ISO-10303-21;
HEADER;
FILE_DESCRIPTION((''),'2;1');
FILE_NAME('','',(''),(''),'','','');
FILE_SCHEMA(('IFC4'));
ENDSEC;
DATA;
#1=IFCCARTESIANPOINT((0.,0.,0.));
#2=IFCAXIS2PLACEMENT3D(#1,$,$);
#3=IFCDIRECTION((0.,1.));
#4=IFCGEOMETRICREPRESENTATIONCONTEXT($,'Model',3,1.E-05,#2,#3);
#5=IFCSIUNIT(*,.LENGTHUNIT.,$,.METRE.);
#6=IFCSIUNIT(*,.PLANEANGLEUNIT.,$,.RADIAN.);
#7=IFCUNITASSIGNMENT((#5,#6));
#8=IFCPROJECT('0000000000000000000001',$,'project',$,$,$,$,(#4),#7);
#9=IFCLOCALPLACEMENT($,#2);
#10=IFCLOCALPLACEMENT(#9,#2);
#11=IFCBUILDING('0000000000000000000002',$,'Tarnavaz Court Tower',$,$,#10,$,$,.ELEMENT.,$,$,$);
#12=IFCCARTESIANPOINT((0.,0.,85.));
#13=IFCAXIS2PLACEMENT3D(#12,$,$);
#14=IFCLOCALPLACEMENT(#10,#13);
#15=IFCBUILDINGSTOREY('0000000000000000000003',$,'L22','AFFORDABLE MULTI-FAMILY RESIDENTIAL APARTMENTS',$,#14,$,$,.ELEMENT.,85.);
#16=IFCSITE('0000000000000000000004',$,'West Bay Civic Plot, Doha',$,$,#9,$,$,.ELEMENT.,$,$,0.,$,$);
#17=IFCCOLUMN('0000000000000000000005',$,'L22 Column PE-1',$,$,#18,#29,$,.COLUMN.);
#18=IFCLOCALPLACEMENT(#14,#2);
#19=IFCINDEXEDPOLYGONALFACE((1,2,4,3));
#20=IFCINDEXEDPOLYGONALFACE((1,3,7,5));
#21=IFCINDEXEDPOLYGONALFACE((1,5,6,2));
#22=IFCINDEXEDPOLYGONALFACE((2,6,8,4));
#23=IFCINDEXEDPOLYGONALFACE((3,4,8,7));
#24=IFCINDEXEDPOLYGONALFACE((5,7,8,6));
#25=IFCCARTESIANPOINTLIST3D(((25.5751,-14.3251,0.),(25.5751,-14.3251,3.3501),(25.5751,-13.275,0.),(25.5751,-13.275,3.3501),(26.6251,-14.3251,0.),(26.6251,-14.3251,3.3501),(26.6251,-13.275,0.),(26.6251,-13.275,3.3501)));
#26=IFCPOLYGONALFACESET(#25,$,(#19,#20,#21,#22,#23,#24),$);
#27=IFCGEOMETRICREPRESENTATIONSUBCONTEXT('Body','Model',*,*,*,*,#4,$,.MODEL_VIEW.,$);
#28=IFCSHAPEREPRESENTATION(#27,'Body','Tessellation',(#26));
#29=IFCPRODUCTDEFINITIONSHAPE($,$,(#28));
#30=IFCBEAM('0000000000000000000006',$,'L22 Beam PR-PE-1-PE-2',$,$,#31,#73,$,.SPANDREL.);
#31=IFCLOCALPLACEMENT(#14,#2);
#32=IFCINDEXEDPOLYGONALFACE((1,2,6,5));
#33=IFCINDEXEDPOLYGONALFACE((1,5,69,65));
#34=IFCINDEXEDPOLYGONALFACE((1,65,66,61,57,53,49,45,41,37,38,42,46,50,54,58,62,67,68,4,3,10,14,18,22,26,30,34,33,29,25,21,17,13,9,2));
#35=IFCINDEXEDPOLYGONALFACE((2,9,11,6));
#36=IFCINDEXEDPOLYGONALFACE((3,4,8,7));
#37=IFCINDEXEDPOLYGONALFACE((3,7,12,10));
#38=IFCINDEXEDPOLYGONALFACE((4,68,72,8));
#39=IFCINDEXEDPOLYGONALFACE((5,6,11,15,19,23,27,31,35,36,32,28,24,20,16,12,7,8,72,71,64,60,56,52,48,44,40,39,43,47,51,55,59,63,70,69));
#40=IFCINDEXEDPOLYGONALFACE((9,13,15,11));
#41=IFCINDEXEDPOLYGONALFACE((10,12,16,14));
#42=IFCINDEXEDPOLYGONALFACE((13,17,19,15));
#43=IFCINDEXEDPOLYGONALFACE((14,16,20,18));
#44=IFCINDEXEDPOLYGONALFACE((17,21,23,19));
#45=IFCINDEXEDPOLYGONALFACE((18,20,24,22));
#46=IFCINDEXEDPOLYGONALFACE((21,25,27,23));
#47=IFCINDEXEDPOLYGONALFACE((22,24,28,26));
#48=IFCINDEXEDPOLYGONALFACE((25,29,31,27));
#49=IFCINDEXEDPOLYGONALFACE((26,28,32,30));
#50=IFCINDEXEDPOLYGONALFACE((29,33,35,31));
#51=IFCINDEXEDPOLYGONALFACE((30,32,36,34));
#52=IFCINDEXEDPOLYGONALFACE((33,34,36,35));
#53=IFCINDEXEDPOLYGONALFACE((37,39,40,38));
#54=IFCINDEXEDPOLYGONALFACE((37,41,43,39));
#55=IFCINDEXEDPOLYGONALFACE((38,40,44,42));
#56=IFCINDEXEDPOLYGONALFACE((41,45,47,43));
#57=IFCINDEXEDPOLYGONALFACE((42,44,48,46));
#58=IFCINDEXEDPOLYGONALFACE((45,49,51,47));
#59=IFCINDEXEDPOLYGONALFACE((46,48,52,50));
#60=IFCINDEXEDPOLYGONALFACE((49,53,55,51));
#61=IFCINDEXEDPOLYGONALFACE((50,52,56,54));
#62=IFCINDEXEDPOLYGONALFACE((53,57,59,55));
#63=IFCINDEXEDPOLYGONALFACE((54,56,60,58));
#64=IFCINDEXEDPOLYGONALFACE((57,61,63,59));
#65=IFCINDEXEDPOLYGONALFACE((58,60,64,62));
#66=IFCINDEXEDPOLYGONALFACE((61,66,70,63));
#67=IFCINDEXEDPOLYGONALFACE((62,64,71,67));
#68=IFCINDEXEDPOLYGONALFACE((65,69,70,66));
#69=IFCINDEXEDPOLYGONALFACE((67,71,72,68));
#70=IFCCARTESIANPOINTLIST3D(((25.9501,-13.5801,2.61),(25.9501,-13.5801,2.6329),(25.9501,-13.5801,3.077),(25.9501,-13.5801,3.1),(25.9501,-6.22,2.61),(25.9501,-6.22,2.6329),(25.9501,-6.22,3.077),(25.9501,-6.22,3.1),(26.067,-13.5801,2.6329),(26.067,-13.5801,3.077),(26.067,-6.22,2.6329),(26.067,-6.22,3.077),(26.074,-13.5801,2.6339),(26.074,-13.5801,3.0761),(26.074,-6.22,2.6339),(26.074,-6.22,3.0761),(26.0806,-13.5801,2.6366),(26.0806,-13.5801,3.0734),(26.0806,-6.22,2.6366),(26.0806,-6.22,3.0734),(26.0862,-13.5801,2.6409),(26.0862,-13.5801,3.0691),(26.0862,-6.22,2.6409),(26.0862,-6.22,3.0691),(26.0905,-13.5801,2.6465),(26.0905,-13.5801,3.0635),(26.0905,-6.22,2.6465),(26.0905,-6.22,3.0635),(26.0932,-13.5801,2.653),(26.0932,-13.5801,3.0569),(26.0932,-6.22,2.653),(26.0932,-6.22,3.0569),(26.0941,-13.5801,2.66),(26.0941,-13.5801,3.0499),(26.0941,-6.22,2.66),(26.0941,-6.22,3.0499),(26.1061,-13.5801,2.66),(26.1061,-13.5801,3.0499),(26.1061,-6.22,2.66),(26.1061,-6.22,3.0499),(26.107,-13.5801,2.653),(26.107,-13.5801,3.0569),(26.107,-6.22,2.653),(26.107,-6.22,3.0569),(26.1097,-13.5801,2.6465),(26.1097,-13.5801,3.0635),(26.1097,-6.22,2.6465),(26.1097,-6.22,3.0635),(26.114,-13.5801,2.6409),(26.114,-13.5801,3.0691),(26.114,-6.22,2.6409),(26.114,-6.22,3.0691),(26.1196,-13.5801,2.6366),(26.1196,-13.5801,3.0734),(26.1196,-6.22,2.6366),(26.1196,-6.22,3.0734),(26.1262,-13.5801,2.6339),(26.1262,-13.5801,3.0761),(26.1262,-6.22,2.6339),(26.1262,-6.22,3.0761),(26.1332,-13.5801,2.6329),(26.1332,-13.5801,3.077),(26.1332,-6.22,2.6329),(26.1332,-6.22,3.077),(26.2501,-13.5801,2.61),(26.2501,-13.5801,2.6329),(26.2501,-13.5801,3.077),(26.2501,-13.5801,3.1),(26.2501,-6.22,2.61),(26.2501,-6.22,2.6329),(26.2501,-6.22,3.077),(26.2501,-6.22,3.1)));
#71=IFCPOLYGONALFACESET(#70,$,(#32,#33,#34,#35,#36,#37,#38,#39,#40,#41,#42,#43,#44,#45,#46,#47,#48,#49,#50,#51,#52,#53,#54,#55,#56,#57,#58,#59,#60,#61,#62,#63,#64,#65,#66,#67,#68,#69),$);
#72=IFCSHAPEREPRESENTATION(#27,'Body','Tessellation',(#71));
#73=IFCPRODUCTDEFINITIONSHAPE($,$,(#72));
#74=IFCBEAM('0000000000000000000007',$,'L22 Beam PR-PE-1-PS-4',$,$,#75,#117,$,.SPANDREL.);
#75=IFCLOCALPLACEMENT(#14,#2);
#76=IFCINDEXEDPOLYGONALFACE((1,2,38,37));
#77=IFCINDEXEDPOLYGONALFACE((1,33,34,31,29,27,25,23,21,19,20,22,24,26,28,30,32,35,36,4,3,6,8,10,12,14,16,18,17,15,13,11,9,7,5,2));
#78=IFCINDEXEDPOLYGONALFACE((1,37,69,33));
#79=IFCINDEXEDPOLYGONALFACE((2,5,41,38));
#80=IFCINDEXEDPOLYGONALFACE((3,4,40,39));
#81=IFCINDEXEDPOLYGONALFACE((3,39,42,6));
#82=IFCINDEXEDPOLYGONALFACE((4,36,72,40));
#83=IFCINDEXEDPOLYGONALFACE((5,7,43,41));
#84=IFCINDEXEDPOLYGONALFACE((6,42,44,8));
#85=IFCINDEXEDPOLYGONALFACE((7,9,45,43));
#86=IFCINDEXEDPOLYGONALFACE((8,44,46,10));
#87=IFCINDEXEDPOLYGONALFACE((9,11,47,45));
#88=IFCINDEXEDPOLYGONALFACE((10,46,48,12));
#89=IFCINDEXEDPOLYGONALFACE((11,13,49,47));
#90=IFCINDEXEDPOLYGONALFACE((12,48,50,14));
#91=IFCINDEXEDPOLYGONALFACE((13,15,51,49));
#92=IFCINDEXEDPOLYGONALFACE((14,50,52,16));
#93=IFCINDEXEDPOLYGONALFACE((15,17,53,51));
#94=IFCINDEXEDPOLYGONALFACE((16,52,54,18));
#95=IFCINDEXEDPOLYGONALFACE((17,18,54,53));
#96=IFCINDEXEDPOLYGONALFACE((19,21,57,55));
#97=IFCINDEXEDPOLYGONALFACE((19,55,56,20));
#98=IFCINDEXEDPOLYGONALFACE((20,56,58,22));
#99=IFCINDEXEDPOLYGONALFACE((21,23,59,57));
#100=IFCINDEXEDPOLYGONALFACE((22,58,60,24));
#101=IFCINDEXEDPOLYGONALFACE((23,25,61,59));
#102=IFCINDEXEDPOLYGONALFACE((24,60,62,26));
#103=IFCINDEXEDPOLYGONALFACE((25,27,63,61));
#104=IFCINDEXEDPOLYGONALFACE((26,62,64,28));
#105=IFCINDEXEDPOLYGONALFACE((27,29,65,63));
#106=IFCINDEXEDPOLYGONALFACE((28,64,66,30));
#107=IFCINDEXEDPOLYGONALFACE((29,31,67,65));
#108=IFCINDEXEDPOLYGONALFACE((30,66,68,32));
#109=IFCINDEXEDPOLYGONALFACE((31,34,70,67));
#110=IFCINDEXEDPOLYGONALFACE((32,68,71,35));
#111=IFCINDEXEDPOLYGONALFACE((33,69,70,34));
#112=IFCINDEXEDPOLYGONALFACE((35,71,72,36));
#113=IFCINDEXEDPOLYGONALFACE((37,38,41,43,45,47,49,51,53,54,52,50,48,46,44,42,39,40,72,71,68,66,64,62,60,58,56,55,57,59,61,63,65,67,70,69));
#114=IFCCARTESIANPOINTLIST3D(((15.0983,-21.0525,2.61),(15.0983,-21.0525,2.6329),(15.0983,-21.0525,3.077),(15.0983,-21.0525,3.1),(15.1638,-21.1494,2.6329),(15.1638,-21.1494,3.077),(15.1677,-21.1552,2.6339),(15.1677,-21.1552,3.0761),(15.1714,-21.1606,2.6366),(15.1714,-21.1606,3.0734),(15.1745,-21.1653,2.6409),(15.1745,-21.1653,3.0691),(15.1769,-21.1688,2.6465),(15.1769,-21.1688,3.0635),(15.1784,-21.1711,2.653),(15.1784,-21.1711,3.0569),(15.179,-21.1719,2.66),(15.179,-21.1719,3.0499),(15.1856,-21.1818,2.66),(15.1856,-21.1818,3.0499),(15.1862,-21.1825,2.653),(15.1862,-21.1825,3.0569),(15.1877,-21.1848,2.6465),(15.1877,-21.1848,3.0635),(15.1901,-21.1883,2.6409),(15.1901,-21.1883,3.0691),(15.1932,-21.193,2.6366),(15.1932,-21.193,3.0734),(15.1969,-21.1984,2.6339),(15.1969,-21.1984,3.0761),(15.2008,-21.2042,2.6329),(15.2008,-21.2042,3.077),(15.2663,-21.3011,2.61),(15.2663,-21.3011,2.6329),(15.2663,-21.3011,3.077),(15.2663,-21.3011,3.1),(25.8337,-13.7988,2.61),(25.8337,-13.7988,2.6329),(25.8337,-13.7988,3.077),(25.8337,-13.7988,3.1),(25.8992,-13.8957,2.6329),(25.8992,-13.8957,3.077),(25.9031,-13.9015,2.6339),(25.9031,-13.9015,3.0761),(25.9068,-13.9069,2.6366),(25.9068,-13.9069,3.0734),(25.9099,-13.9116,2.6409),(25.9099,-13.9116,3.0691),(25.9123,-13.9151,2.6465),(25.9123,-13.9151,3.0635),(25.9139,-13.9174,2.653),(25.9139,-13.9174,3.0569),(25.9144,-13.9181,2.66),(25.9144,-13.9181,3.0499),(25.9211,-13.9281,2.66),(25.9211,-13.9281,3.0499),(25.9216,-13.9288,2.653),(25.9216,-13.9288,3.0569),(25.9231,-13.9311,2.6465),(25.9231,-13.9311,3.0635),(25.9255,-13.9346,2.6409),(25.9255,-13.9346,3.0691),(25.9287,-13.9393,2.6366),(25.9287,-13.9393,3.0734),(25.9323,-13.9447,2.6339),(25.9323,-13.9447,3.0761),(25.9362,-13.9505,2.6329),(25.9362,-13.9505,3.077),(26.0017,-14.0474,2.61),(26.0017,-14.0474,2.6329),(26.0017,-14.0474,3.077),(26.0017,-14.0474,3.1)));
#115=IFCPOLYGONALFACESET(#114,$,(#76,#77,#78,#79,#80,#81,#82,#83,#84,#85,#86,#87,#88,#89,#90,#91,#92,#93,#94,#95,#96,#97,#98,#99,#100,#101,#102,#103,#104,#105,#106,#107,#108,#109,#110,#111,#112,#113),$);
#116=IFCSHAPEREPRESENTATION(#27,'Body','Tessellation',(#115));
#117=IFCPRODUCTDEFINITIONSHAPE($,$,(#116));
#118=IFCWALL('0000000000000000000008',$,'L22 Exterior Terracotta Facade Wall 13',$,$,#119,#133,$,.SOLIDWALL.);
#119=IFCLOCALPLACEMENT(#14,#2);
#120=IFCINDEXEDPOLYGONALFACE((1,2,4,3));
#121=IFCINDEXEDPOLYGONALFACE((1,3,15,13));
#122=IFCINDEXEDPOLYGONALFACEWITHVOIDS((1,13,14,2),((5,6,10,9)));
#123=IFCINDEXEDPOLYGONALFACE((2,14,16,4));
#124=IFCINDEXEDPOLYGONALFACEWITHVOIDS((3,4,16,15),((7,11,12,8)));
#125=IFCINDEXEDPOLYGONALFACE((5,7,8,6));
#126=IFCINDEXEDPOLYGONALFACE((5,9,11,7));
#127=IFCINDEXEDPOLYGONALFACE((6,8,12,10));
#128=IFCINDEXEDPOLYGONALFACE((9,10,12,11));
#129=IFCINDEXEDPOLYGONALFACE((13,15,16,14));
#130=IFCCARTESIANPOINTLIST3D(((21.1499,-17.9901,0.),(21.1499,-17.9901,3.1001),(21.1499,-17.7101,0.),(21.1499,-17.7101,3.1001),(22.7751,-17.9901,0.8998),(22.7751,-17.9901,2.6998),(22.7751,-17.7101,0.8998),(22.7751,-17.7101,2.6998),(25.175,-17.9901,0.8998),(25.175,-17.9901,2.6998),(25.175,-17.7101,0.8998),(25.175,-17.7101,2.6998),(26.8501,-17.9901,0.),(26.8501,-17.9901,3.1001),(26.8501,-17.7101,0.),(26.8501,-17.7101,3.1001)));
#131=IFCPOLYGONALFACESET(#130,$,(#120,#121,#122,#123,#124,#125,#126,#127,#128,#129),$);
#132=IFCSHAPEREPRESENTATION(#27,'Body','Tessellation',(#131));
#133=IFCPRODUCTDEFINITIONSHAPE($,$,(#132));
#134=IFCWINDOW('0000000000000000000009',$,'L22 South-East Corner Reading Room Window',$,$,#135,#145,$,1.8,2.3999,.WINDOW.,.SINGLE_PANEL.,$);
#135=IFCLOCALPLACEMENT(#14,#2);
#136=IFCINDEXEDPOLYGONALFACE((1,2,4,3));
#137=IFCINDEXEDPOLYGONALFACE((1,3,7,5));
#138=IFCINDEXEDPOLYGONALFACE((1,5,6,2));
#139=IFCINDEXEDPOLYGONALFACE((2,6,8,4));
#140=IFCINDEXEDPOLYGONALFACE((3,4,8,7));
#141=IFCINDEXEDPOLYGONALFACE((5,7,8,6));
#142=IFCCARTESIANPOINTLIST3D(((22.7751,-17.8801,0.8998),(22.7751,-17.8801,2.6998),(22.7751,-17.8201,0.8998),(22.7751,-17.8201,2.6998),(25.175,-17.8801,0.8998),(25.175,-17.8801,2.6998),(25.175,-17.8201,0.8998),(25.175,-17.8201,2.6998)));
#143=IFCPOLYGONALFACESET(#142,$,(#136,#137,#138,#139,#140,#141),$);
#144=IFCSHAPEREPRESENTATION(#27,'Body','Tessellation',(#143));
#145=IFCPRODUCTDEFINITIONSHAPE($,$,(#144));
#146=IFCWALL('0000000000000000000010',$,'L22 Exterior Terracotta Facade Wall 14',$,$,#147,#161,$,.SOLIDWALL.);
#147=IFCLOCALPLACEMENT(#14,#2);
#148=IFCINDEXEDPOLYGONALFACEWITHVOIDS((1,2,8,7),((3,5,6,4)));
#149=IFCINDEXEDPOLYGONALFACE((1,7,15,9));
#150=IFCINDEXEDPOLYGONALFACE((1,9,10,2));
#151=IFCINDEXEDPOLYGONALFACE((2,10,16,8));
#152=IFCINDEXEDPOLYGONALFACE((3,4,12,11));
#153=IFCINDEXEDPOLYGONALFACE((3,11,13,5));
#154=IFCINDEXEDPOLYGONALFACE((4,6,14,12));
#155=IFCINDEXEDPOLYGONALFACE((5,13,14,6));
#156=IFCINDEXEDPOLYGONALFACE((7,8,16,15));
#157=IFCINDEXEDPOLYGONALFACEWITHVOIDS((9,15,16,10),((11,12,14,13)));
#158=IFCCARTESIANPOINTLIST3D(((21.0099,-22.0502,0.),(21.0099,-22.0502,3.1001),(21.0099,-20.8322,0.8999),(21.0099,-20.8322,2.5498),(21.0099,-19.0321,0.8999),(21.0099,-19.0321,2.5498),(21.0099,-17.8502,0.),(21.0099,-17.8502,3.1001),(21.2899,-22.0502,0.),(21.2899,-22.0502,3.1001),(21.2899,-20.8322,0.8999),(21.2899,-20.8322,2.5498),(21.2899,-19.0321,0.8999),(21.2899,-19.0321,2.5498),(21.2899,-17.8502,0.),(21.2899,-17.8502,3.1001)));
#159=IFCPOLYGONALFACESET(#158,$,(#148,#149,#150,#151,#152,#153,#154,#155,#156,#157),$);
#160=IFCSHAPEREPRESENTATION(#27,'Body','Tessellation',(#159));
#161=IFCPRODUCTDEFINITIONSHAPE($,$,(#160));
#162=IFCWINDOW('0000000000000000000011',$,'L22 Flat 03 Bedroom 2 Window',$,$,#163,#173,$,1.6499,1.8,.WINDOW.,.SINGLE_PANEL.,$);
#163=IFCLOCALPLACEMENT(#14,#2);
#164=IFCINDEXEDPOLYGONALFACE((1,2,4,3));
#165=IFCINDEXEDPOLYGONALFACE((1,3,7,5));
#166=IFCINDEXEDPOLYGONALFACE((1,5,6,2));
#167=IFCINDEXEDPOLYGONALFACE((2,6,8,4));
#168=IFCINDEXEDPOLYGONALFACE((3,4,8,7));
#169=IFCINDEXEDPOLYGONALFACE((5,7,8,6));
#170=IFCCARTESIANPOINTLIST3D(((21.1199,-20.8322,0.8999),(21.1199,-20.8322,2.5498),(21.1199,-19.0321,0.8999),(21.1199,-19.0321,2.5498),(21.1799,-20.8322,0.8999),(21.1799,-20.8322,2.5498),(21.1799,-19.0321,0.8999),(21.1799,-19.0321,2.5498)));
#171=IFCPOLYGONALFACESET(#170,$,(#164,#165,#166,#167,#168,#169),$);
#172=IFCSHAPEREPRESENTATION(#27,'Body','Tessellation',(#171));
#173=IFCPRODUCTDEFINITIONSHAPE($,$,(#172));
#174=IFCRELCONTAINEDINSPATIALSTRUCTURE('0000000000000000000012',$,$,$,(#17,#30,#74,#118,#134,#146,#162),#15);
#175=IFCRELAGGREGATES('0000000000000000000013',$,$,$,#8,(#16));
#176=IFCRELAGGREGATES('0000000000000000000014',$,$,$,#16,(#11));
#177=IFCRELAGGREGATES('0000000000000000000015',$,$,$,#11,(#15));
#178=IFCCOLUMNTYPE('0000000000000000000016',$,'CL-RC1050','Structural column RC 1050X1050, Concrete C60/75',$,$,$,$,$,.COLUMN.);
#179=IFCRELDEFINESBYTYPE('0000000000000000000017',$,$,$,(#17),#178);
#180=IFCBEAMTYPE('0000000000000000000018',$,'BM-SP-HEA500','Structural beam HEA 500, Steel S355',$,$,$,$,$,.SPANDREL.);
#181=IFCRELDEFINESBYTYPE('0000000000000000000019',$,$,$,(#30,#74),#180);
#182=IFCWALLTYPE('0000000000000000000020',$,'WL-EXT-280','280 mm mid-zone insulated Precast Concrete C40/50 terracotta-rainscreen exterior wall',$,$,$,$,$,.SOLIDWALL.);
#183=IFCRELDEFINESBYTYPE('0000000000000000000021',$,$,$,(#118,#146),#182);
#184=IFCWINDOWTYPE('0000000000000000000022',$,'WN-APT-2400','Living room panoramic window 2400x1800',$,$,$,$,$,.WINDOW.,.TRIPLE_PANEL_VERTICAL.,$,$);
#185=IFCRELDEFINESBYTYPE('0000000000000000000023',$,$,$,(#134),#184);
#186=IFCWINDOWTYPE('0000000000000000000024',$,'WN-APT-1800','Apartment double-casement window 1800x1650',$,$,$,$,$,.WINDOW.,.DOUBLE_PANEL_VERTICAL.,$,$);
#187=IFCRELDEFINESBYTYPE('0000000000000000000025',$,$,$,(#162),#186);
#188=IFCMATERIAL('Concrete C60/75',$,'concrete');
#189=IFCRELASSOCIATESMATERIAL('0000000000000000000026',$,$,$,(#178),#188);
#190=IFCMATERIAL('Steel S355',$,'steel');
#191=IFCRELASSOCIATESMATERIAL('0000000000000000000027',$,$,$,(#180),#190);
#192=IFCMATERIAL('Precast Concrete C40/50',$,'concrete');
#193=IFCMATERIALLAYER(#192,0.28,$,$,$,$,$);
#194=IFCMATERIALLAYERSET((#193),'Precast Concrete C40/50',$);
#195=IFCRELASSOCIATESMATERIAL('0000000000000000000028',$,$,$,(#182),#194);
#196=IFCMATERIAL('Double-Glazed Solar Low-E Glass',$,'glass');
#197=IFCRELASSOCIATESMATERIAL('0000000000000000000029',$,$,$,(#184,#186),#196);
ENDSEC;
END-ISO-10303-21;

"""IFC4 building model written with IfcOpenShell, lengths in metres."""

from ifc_helpers import new_model, si_unit, direction, frame, frame_2d, origin, origin_2d, place, context, subcontext, project, spatial, rectangle, i_section, extrude, material, layer, layer_set, material_profile, profile_set, type_object, element, fill, save


model = new_model("IFC4")

# Units and contexts
model_context = context("Model", 3, precision=1e-05, world=origin(), true_north=direction((0.0, 1.0)))
body_context = subcontext(model_context, "Body", "Model", "MODEL_VIEW")
ifc_project = project(units=[si_unit("LENGTHUNIT", "METRE"), si_unit("PLANEANGLEUNIT", "RADIAN")], contexts=[model_context])

# Site, building, storey
site_placement = place(None, origin())
site = spatial("IfcSite", under=ifc_project, at=site_placement, Name="West Bay Civic Plot, Doha", CompositionType="ELEMENT", RefElevation=0.0)
building_placement = place(site_placement, origin())
building = spatial("IfcBuilding", under=site, at=building_placement, Name="Tarnavaz Court Tower", CompositionType="ELEMENT")
storey_placement = place(building_placement, frame((0.0, 0.0, 85.0)))
storey = spatial("IfcBuildingStorey", under=building, at=storey_placement, Name="L22", Description="AFFORDABLE MULTI-FAMILY RESIDENTIAL APARTMENTS", CompositionType="ELEMENT", Elevation=85.0)

# Column
ifc_material_1 = material(Name="Concrete C60/75", Category="concrete")
ifc_material_profile_1 = material_profile(ifc_material_1, rectangle(XDim=1.05, YDim=1.05, at=origin_2d()), Name="RC 1050X1050")
ifc_profile_set_1 = profile_set([ifc_material_profile_1], Name="Concrete C60/75")
column_type = type_object("IfcColumnType", Name="CL-RC1050", Description="Structural column RC 1050X1050, Concrete C60/75", PredefinedType="COLUMN", material=ifc_profile_set_1)
column_placement = place(storey_placement, frame((26.1001, -13.8, 0.0), z_axis=(0.0, 0.0, 1.0), x_axis=(1.0, 0.0, 0.0)))
element("IfcColumn", 1, at=column_placement, inside=storey, type_object=column_type, Name="L22 Column PE-1", PredefinedType="COLUMN", context=body_context, shape_type="SweptSolid", body=[
    extrude(rectangle(XDim=1.05, YDim=1.05, at=origin_2d()), origin(), (0.0, 0.0, 1.0), 3.3501),
])

# Beams
ifc_material_2 = material(Name="Steel S355", Category="steel")
ifc_material_profile_2 = material_profile(ifc_material_2, i_section(OverallWidth=0.3, OverallDepth=0.49, WebThickness=0.012, FlangeThickness=0.0229, FilletRadius=0.0271, at=origin_2d()), Name="HEA 500")
ifc_profile_set_2 = profile_set([ifc_material_profile_2], Name="Steel S355")
beam_type = type_object("IfcBeamType", Name="BM-SP-HEA500", Description="Structural beam HEA 500, Steel S355", PredefinedType="SPANDREL", material=ifc_profile_set_2)
beam_1_placement = place(storey_placement, frame((26.1001, -13.5801, 2.855), z_axis=(0.0, 1.0, 0.0), x_axis=(-1.0, 0.0, 0.0)))
element("IfcBeam", 2, at=beam_1_placement, inside=storey, type_object=beam_type, Name="L22 Beam PR-PE-1-PE-2", PredefinedType="SPANDREL", context=body_context, shape_type="SweptSolid", body=[
    extrude(i_section(OverallWidth=0.3, OverallDepth=0.49, WebThickness=0.012, FlangeThickness=0.0229, FilletRadius=0.0271, at=origin_2d()), origin(), (0.0, 0.0, 1.0), 7.3601),
])
beam_2_placement = place(storey_placement, frame((25.9177, -13.9231, 2.855), z_axis=(-0.828587, -0.55986, 0.0), x_axis=(0.55986, -0.828587, 0.0)))
element("IfcBeam", 3, at=beam_2_placement, inside=storey, type_object=beam_type, Name="L22 Beam PR-PE-1-PS-4", PredefinedType="SPANDREL", context=body_context, shape_type="SweptSolid", body=[
    extrude(i_section(OverallWidth=0.3, OverallDepth=0.49, WebThickness=0.012, FlangeThickness=0.0229, FilletRadius=0.0271, at=origin_2d()), origin(), (0.0, 0.0, 1.0), 12.9563),
])

# Walls, openings, windows
ifc_material_3 = material(Name="Precast Concrete C40/50", Category="concrete")
ifc_layer_1 = layer(ifc_material_3, 0.28)
ifc_layer_set_1 = layer_set([ifc_layer_1], Name="Precast Concrete C40/50")
wall_type_1 = type_object("IfcWallType", Name="WL-EXT-280", Description="280 mm mid-zone insulated Precast Concrete C40/50 terracotta-rainscreen exterior wall", PredefinedType="SOLIDWALL", material=ifc_layer_set_1)
wall_1_placement = place(storey_placement, frame((26.8501, -17.8501, 0.0), z_axis=(0.0, 0.0, 1.0), x_axis=(-1.0, 0.0, 0.0)))
wall_1 = element("IfcWall", 4, at=wall_1_placement, inside=storey, type_object=wall_type_1, Name="L22 Exterior Terracotta Facade Wall 13", PredefinedType="SOLIDWALL", context=body_context, shape_type="SweptSolid", body=[
    extrude(rectangle(XDim=5.7002, YDim=0.28, at=frame_2d((2.8501, 0.0))), origin(), (0.0, 0.0, 1.0), 3.1001),
])
opening_1_placement = place(wall_1_placement, frame((1.675, 0.0, 0.8999)))
opening_1 = element("IfcOpeningElement", 5, at=opening_1_placement, cuts=wall_1, PredefinedType="OPENING", context=body_context, shape_type="SweptSolid", body=[
    extrude(rectangle(XDim=2.3999, YDim=1.8, at=frame_2d((1.2, 0.8999))), frame((0.0, 0.1499, 0.0), z_axis=(0.0, -1.0, 0.0), x_axis=(1.0, 0.0, 0.0)), (0.0, 0.0, 1.0), 0.3),
])
ifc_material_4 = material(Name="Double-Glazed Solar Low-E Glass", Category="glass")
window_type_1 = type_object("IfcWindowType", Name="WN-APT-2400", Description="Living room panoramic window 2400x1800", PartitioningType="TRIPLE_PANEL_VERTICAL", PredefinedType="WINDOW", material=ifc_material_4)
window_1_placement = place(opening_1_placement, origin())
window_1 = element("IfcWindow", 6, at=window_1_placement, inside=storey, type_object=window_type_1, Name="L22 South-East Corner Reading Room Window", OverallHeight=1.8, OverallWidth=2.3999, PartitioningType="SINGLE_PANEL", PredefinedType="WINDOW", context=body_context, shape_type="SweptSolid", body=[
    extrude(rectangle(XDim=2.3999, YDim=1.8, at=frame_2d((1.2, 0.8999))), frame((0.0, 0.03, 0.0), z_axis=(0.0, -1.0, 0.0), x_axis=(1.0, 0.0, 0.0)), (0.0, 0.0, 1.0), 0.0601),
])
fill(opening_1, window_1)
wall_2_placement = place(storey_placement, frame((21.1499, -17.8501, 0.0), z_axis=(0.0, 0.0, 1.0), x_axis=(0.0, -1.0, 0.0)))
wall_2 = element("IfcWall", 7, at=wall_2_placement, inside=storey, type_object=wall_type_1, Name="L22 Exterior Terracotta Facade Wall 14", PredefinedType="SOLIDWALL", context=body_context, shape_type="SweptSolid", body=[
    extrude(rectangle(XDim=4.2, YDim=0.28, at=frame_2d((2.1001, 0.0))), origin(), (0.0, 0.0, 1.0), 3.1001),
])
opening_2_placement = place(wall_2_placement, frame((1.1821, 0.0, 0.8999)))
opening_2 = element("IfcOpeningElement", 8, at=opening_2_placement, cuts=wall_2, PredefinedType="OPENING", context=body_context, shape_type="SweptSolid", body=[
    extrude(rectangle(XDim=1.8, YDim=1.6499, at=frame_2d((0.8999, 0.825))), frame((0.0, 0.1499, 0.0), z_axis=(0.0, -1.0, 0.0), x_axis=(1.0, 0.0, 0.0)), (0.0, 0.0, 1.0), 0.3),
])
window_type_2 = type_object("IfcWindowType", Name="WN-APT-1800", Description="Apartment double-casement window 1800x1650", PartitioningType="DOUBLE_PANEL_VERTICAL", PredefinedType="WINDOW", material=ifc_material_4)
window_2_placement = place(opening_2_placement, origin())
window_2 = element("IfcWindow", 9, at=window_2_placement, inside=storey, type_object=window_type_2, Name="L22 Flat 03 Bedroom 2 Window", OverallHeight=1.6499, OverallWidth=1.8, PartitioningType="SINGLE_PANEL", PredefinedType="WINDOW", context=body_context, shape_type="SweptSolid", body=[
    extrude(rectangle(XDim=1.8, YDim=1.6499, at=frame_2d((0.8999, 0.825))), frame((0.0, 0.03, 0.0), z_axis=(0.0, -1.0, 0.0), x_axis=(1.0, 0.0, 0.0)), (0.0, 0.0, 1.0), 0.0601),
])
fill(opening_2, window_2)

save(model, "model.ifc")
